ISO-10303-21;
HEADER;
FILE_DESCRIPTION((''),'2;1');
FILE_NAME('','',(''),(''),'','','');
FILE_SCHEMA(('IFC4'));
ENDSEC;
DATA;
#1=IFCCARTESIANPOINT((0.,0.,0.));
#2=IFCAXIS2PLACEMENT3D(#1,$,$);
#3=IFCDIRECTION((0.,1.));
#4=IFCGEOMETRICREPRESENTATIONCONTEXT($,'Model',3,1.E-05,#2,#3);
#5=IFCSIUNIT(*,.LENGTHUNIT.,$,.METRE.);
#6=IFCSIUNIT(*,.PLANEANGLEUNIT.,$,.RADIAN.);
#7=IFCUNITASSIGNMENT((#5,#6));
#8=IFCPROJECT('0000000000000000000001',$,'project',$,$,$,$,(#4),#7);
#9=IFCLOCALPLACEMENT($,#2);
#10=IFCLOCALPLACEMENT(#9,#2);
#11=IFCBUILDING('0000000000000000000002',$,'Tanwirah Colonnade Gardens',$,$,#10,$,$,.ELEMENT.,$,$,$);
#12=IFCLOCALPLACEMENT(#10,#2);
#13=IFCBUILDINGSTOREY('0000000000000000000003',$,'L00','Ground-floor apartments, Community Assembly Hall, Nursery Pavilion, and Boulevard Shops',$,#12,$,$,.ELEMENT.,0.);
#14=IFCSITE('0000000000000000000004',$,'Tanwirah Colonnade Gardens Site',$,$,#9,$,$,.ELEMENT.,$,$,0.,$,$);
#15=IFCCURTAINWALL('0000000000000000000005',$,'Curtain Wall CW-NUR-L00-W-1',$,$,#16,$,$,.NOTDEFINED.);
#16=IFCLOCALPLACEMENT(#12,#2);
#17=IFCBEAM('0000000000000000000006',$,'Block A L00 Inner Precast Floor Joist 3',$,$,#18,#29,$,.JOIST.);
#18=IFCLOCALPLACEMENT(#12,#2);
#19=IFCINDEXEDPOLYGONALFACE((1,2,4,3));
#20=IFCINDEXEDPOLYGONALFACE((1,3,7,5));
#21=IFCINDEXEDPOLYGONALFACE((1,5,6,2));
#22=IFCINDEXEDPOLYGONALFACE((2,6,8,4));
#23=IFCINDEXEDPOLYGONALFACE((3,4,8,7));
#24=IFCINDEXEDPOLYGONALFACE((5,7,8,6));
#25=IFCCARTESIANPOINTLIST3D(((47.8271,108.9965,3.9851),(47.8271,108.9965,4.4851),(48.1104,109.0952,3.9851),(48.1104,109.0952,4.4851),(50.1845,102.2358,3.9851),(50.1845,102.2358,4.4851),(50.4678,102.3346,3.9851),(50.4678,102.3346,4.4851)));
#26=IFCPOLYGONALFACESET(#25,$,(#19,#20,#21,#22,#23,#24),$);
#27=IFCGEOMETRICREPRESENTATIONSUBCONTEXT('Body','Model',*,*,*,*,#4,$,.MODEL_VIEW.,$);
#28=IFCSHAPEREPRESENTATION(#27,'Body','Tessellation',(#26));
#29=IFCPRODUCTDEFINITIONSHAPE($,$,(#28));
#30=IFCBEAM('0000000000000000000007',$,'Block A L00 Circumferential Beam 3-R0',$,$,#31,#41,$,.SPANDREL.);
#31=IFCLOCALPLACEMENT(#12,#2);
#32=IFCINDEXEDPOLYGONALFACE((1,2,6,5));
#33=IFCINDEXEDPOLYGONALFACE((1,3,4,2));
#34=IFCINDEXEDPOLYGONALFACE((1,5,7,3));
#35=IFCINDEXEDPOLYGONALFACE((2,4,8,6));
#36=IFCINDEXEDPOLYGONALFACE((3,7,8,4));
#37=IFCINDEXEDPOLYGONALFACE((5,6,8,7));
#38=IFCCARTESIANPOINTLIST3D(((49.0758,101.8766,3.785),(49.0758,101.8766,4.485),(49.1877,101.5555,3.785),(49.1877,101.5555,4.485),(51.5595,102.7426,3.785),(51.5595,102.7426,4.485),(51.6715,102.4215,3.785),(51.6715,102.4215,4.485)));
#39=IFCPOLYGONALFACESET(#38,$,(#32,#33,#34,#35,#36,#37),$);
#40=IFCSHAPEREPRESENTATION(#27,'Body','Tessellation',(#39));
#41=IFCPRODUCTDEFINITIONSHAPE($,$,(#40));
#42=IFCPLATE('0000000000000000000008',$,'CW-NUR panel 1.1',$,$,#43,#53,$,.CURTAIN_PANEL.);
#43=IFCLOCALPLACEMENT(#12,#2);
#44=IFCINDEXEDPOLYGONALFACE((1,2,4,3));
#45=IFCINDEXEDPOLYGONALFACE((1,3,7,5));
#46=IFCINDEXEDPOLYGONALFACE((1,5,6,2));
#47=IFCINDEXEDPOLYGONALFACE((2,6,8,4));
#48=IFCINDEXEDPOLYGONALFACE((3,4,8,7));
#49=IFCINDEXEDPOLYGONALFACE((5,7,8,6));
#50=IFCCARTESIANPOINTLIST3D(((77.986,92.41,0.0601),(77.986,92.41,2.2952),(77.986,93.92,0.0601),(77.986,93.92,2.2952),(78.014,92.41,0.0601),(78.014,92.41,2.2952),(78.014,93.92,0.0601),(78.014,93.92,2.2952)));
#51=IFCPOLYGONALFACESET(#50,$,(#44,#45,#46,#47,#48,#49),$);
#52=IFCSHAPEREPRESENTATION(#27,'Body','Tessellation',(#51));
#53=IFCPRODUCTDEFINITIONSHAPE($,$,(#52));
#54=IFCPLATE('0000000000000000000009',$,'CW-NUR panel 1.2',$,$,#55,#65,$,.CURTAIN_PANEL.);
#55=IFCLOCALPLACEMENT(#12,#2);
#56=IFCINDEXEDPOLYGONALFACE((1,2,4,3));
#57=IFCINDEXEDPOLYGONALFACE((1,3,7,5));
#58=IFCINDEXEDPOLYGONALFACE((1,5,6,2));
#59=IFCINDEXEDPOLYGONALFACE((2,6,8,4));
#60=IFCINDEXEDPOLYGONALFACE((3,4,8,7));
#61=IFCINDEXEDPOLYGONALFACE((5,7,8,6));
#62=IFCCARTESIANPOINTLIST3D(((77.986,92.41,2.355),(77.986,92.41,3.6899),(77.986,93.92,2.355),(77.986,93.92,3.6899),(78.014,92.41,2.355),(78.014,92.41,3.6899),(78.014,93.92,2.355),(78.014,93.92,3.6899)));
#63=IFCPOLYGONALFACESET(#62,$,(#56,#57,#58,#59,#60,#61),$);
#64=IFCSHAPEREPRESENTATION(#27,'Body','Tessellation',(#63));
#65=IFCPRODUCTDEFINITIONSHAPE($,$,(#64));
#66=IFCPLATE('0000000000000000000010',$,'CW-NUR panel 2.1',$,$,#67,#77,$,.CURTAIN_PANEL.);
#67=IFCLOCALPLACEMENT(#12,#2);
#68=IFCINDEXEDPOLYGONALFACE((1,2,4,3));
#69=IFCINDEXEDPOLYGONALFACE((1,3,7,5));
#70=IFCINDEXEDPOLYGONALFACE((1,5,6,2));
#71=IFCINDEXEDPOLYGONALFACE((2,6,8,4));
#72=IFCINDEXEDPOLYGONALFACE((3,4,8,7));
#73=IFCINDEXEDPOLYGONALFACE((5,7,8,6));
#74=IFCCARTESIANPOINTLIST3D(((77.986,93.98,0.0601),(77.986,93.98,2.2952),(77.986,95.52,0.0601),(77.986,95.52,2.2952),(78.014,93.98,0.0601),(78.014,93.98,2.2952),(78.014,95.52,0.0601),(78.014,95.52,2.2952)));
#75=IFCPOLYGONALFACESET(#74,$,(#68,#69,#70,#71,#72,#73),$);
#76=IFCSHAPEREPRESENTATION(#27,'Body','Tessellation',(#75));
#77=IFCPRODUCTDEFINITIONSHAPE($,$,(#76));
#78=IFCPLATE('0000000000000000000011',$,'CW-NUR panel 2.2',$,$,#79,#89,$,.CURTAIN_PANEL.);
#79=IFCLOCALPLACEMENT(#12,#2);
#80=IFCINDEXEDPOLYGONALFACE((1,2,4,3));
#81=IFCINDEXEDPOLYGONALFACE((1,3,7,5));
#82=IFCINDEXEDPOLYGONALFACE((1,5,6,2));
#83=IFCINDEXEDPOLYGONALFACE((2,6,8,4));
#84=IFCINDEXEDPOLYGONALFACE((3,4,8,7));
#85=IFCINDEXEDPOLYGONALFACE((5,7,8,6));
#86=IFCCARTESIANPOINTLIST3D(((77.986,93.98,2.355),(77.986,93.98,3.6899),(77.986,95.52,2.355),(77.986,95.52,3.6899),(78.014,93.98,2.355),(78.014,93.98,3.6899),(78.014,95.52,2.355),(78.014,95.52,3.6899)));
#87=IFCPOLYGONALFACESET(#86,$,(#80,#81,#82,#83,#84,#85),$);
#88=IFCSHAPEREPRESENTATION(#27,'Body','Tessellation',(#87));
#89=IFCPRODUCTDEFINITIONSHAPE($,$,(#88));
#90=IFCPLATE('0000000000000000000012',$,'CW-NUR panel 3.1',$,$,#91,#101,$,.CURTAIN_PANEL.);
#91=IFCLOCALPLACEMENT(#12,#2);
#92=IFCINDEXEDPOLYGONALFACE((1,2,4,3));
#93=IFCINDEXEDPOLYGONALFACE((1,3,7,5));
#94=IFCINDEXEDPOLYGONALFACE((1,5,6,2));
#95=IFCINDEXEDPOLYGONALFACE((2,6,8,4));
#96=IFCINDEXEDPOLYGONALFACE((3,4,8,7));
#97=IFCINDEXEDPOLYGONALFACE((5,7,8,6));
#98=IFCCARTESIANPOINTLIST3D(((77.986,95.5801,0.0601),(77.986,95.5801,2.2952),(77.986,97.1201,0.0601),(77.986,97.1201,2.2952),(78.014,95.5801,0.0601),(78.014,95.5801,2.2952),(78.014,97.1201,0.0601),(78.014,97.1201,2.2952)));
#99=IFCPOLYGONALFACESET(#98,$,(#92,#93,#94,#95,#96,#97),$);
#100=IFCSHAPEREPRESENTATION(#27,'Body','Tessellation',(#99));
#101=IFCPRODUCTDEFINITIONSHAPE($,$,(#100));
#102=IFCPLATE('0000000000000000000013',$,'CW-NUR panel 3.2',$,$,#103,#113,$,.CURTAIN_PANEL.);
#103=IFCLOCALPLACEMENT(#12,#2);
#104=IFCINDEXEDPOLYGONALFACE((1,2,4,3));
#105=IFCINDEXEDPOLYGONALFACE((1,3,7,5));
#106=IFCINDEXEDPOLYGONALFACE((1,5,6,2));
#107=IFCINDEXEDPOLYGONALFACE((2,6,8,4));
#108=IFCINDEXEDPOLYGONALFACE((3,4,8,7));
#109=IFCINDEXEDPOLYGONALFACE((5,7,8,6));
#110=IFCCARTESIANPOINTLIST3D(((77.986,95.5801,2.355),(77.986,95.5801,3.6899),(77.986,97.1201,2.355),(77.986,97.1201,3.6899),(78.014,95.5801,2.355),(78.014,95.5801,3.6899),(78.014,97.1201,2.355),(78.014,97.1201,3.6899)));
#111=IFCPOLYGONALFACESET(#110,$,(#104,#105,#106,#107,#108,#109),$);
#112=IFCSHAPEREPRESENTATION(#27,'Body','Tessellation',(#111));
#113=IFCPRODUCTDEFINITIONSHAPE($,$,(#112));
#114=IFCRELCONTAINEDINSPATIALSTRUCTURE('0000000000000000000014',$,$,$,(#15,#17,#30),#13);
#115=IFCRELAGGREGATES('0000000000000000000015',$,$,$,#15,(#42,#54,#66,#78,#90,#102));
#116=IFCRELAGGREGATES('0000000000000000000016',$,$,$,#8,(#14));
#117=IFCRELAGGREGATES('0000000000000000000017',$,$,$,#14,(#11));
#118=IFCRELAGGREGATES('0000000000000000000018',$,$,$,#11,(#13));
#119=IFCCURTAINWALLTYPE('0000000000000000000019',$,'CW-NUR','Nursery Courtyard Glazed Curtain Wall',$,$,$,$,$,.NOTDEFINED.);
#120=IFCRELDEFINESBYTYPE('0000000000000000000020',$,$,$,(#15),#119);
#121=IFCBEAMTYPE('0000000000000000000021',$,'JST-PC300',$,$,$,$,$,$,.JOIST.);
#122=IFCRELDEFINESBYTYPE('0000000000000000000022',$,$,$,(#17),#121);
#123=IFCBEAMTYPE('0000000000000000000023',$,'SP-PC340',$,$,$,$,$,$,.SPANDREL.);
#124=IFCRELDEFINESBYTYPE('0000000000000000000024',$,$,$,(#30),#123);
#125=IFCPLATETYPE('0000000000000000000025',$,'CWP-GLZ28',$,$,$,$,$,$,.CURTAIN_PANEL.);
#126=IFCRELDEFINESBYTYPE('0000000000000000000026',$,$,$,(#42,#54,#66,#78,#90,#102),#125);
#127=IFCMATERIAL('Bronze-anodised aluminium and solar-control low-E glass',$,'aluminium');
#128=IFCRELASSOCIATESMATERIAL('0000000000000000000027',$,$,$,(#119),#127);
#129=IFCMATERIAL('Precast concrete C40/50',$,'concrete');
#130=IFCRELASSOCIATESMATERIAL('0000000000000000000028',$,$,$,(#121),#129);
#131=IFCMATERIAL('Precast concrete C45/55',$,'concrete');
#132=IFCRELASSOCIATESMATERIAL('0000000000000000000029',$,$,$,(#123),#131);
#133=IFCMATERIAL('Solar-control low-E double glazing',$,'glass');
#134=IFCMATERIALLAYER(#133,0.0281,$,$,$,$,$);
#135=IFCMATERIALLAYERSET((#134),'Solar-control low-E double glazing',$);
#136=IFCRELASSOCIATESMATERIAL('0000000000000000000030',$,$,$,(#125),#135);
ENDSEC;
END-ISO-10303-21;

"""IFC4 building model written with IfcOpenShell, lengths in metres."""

from ifc_helpers import new_model, si_unit, direction, frame, origin, origin_2d, place, context, subcontext, project, spatial, rectangle, extrude, material, layer, layer_set, material_profile, profile_set, type_object, element, aggregate, save


model = new_model("IFC4")

# Units and contexts
model_context = context("Model", 3, precision=1e-05, world=origin(), true_north=direction((0.0, 1.0)))
body_context = subcontext(model_context, "Body", "Model", "MODEL_VIEW")
ifc_project = project(units=[si_unit("LENGTHUNIT", "METRE"), si_unit("PLANEANGLEUNIT", "RADIAN")], contexts=[model_context])

# Site, building, storey
site_placement = place(None, origin())
site = spatial("IfcSite", under=ifc_project, at=site_placement, Name="Tanwirah Colonnade Gardens Site", CompositionType="ELEMENT", RefElevation=0.0)
building_placement = place(site_placement, origin())
building = spatial("IfcBuilding", under=site, at=building_placement, Name="Tanwirah Colonnade Gardens", CompositionType="ELEMENT")
storey_placement = place(building_placement, origin())
storey = spatial("IfcBuildingStorey", under=building, at=storey_placement, Name="L00", Description="Ground-floor apartments, Community Assembly Hall, Nursery Pavilion, and Boulevard Shops", CompositionType="ELEMENT", Elevation=0.0)

# Shared definitions
ifc_material_1 = material(Name="Precast concrete C45/55", Category="concrete")

# Curtain wall
ifc_material_2 = material(Name="Bronze-anodised aluminium and solar-control low-E glass", Category="aluminium")
curtain_wall_type = type_object("IfcCurtainWallType", Name="CW-NUR", Description="Nursery Courtyard Glazed Curtain Wall", PredefinedType="NOTDEFINED", material=ifc_material_2)
curtain_wall_placement = place(storey_placement, origin())
curtain_wall = element("IfcCurtainWall", 1, at=curtain_wall_placement, inside=storey, type_object=curtain_wall_type, Name="Curtain Wall CW-NUR-L00-W-1", PredefinedType="NOTDEFINED")

# Beams
ifc_material_3 = material(Name="Precast concrete C40/50", Category="concrete")
ifc_material_profile_1 = material_profile(ifc_material_3, rectangle(XDim=0.3, YDim=0.5, at=origin_2d()), Name="PC-JST 300x500")
ifc_profile_set_1 = profile_set([ifc_material_profile_1], Name="Precast concrete C40/50")
beam_type_1 = type_object("IfcBeamType", Name="JST-PC300", PredefinedType="JOIST", material=ifc_profile_set_1)
beam_1_placement = place(storey_placement, frame((50.3262, 102.2852, 4.2351), z_axis=(-0.329251, 0.944243, 0.0), x_axis=(-0.944243, -0.329251, 0.0)))
element("IfcBeam", 2, at=beam_1_placement, inside=storey, type_object=beam_type_1, Name="Block A L00 Inner Precast Floor Joist 3", PredefinedType="JOIST", context=body_context, shape_type="SweptSolid", body=[
    extrude(rectangle(XDim=0.3, YDim=0.5, at=origin_2d()), origin(), (0.0, 0.0, 1.0), 7.1599),
])
ifc_material_profile_2 = material_profile(ifc_material_1, rectangle(XDim=0.3401, YDim=0.7, at=origin_2d()), Name="PC-SP 340x700")
ifc_profile_set_2 = profile_set([ifc_material_profile_2], Name="Precast concrete C45/55")
beam_type_2 = type_object("IfcBeamType", Name="SP-PC340", PredefinedType="SPANDREL", material=ifc_profile_set_2)
beam_2_placement = place(storey_placement, frame((51.6155, 102.582, 4.135), z_axis=(-0.94425, -0.32923, 0.0), x_axis=(0.32923, -0.94425, 0.0)))
element("IfcBeam", 3, at=beam_2_placement, inside=storey, type_object=beam_type_2, Name="Block A L00 Circumferential Beam 3-R0", PredefinedType="SPANDREL", context=body_context, shape_type="SweptSolid", body=[
    extrude(rectangle(XDim=0.3401, YDim=0.7, at=origin_2d()), origin(), (0.0, 0.0, 1.0), 2.6304),
])

# Plates
ifc_material_4 = material(Name="Solar-control low-E double glazing", Category="glass")
ifc_layer = layer(ifc_material_4, 0.0281)
ifc_layer_set = layer_set([ifc_layer], Name="Solar-control low-E double glazing")
plate_type = type_object("IfcPlateType", Name="CWP-GLZ28", PredefinedType="CURTAIN_PANEL", material=ifc_layer_set)
plate_1_placement = place(storey_placement, frame((78.0, 93.165, 0.0601), z_axis=(0.0, 0.0, 1.0), x_axis=(0.0, 1.0, 0.0)))
plate_1 = element("IfcPlate", 4, at=plate_1_placement, type_object=plate_type, Name="CW-NUR panel 1.1", PredefinedType="CURTAIN_PANEL", context=body_context, shape_type="SweptSolid", body=[
    extrude(rectangle(XDim=1.51, YDim=0.0281, at=origin_2d()), origin(), (0.0, 0.0, 1.0), 2.2351),
])
plate_2_placement = place(storey_placement, frame((78.0, 93.165, 2.355), z_axis=(0.0, 0.0, 1.0), x_axis=(0.0, 1.0, 0.0)))
plate_2 = element("IfcPlate", 5, at=plate_2_placement, type_object=plate_type, Name="CW-NUR panel 1.2", PredefinedType="CURTAIN_PANEL", context=body_context, shape_type="SweptSolid", body=[
    extrude(rectangle(XDim=1.51, YDim=0.0281, at=origin_2d()), origin(), (0.0, 0.0, 1.0), 1.335),
])
plate_3_placement = place(storey_placement, frame((78.0, 94.75, 0.0601), z_axis=(0.0, 0.0, 1.0), x_axis=(0.0, 1.0, 0.0)))
plate_3 = element("IfcPlate", 6, at=plate_3_placement, type_object=plate_type, Name="CW-NUR panel 2.1", PredefinedType="CURTAIN_PANEL", context=body_context, shape_type="SweptSolid", body=[
    extrude(rectangle(XDim=1.54, YDim=0.0281, at=origin_2d()), origin(), (0.0, 0.0, 1.0), 2.2351),
])
plate_4_placement = place(storey_placement, frame((78.0, 94.75, 2.355), z_axis=(0.0, 0.0, 1.0), x_axis=(0.0, 1.0, 0.0)))
plate_4 = element("IfcPlate", 7, at=plate_4_placement, type_object=plate_type, Name="CW-NUR panel 2.2", PredefinedType="CURTAIN_PANEL", context=body_context, shape_type="SweptSolid", body=[
    extrude(rectangle(XDim=1.54, YDim=0.0281, at=origin_2d()), origin(), (0.0, 0.0, 1.0), 1.335),
])
plate_5_placement = place(storey_placement, frame((78.0, 96.3501, 0.0601), z_axis=(0.0, 0.0, 1.0), x_axis=(0.0, 1.0, 0.0)))
plate_5 = element("IfcPlate", 8, at=plate_5_placement, type_object=plate_type, Name="CW-NUR panel 3.1", PredefinedType="CURTAIN_PANEL", context=body_context, shape_type="SweptSolid", body=[
    extrude(rectangle(XDim=1.54, YDim=0.0281, at=origin_2d()), origin(), (0.0, 0.0, 1.0), 2.2351),
])
plate_6_placement = place(storey_placement, frame((78.0, 96.3501, 2.355), z_axis=(0.0, 0.0, 1.0), x_axis=(0.0, 1.0, 0.0)))
plate_6 = element("IfcPlate", 9, at=plate_6_placement, type_object=plate_type, Name="CW-NUR panel 3.2", PredefinedType="CURTAIN_PANEL", context=body_context, shape_type="SweptSolid", body=[
    extrude(rectangle(XDim=1.54, YDim=0.0281, at=origin_2d()), origin(), (0.0, 0.0, 1.0), 1.335),
])
aggregate(curtain_wall, [plate_1, plate_2, plate_3, plate_4, plate_5, plate_6])

save(model, "model.ifc")
